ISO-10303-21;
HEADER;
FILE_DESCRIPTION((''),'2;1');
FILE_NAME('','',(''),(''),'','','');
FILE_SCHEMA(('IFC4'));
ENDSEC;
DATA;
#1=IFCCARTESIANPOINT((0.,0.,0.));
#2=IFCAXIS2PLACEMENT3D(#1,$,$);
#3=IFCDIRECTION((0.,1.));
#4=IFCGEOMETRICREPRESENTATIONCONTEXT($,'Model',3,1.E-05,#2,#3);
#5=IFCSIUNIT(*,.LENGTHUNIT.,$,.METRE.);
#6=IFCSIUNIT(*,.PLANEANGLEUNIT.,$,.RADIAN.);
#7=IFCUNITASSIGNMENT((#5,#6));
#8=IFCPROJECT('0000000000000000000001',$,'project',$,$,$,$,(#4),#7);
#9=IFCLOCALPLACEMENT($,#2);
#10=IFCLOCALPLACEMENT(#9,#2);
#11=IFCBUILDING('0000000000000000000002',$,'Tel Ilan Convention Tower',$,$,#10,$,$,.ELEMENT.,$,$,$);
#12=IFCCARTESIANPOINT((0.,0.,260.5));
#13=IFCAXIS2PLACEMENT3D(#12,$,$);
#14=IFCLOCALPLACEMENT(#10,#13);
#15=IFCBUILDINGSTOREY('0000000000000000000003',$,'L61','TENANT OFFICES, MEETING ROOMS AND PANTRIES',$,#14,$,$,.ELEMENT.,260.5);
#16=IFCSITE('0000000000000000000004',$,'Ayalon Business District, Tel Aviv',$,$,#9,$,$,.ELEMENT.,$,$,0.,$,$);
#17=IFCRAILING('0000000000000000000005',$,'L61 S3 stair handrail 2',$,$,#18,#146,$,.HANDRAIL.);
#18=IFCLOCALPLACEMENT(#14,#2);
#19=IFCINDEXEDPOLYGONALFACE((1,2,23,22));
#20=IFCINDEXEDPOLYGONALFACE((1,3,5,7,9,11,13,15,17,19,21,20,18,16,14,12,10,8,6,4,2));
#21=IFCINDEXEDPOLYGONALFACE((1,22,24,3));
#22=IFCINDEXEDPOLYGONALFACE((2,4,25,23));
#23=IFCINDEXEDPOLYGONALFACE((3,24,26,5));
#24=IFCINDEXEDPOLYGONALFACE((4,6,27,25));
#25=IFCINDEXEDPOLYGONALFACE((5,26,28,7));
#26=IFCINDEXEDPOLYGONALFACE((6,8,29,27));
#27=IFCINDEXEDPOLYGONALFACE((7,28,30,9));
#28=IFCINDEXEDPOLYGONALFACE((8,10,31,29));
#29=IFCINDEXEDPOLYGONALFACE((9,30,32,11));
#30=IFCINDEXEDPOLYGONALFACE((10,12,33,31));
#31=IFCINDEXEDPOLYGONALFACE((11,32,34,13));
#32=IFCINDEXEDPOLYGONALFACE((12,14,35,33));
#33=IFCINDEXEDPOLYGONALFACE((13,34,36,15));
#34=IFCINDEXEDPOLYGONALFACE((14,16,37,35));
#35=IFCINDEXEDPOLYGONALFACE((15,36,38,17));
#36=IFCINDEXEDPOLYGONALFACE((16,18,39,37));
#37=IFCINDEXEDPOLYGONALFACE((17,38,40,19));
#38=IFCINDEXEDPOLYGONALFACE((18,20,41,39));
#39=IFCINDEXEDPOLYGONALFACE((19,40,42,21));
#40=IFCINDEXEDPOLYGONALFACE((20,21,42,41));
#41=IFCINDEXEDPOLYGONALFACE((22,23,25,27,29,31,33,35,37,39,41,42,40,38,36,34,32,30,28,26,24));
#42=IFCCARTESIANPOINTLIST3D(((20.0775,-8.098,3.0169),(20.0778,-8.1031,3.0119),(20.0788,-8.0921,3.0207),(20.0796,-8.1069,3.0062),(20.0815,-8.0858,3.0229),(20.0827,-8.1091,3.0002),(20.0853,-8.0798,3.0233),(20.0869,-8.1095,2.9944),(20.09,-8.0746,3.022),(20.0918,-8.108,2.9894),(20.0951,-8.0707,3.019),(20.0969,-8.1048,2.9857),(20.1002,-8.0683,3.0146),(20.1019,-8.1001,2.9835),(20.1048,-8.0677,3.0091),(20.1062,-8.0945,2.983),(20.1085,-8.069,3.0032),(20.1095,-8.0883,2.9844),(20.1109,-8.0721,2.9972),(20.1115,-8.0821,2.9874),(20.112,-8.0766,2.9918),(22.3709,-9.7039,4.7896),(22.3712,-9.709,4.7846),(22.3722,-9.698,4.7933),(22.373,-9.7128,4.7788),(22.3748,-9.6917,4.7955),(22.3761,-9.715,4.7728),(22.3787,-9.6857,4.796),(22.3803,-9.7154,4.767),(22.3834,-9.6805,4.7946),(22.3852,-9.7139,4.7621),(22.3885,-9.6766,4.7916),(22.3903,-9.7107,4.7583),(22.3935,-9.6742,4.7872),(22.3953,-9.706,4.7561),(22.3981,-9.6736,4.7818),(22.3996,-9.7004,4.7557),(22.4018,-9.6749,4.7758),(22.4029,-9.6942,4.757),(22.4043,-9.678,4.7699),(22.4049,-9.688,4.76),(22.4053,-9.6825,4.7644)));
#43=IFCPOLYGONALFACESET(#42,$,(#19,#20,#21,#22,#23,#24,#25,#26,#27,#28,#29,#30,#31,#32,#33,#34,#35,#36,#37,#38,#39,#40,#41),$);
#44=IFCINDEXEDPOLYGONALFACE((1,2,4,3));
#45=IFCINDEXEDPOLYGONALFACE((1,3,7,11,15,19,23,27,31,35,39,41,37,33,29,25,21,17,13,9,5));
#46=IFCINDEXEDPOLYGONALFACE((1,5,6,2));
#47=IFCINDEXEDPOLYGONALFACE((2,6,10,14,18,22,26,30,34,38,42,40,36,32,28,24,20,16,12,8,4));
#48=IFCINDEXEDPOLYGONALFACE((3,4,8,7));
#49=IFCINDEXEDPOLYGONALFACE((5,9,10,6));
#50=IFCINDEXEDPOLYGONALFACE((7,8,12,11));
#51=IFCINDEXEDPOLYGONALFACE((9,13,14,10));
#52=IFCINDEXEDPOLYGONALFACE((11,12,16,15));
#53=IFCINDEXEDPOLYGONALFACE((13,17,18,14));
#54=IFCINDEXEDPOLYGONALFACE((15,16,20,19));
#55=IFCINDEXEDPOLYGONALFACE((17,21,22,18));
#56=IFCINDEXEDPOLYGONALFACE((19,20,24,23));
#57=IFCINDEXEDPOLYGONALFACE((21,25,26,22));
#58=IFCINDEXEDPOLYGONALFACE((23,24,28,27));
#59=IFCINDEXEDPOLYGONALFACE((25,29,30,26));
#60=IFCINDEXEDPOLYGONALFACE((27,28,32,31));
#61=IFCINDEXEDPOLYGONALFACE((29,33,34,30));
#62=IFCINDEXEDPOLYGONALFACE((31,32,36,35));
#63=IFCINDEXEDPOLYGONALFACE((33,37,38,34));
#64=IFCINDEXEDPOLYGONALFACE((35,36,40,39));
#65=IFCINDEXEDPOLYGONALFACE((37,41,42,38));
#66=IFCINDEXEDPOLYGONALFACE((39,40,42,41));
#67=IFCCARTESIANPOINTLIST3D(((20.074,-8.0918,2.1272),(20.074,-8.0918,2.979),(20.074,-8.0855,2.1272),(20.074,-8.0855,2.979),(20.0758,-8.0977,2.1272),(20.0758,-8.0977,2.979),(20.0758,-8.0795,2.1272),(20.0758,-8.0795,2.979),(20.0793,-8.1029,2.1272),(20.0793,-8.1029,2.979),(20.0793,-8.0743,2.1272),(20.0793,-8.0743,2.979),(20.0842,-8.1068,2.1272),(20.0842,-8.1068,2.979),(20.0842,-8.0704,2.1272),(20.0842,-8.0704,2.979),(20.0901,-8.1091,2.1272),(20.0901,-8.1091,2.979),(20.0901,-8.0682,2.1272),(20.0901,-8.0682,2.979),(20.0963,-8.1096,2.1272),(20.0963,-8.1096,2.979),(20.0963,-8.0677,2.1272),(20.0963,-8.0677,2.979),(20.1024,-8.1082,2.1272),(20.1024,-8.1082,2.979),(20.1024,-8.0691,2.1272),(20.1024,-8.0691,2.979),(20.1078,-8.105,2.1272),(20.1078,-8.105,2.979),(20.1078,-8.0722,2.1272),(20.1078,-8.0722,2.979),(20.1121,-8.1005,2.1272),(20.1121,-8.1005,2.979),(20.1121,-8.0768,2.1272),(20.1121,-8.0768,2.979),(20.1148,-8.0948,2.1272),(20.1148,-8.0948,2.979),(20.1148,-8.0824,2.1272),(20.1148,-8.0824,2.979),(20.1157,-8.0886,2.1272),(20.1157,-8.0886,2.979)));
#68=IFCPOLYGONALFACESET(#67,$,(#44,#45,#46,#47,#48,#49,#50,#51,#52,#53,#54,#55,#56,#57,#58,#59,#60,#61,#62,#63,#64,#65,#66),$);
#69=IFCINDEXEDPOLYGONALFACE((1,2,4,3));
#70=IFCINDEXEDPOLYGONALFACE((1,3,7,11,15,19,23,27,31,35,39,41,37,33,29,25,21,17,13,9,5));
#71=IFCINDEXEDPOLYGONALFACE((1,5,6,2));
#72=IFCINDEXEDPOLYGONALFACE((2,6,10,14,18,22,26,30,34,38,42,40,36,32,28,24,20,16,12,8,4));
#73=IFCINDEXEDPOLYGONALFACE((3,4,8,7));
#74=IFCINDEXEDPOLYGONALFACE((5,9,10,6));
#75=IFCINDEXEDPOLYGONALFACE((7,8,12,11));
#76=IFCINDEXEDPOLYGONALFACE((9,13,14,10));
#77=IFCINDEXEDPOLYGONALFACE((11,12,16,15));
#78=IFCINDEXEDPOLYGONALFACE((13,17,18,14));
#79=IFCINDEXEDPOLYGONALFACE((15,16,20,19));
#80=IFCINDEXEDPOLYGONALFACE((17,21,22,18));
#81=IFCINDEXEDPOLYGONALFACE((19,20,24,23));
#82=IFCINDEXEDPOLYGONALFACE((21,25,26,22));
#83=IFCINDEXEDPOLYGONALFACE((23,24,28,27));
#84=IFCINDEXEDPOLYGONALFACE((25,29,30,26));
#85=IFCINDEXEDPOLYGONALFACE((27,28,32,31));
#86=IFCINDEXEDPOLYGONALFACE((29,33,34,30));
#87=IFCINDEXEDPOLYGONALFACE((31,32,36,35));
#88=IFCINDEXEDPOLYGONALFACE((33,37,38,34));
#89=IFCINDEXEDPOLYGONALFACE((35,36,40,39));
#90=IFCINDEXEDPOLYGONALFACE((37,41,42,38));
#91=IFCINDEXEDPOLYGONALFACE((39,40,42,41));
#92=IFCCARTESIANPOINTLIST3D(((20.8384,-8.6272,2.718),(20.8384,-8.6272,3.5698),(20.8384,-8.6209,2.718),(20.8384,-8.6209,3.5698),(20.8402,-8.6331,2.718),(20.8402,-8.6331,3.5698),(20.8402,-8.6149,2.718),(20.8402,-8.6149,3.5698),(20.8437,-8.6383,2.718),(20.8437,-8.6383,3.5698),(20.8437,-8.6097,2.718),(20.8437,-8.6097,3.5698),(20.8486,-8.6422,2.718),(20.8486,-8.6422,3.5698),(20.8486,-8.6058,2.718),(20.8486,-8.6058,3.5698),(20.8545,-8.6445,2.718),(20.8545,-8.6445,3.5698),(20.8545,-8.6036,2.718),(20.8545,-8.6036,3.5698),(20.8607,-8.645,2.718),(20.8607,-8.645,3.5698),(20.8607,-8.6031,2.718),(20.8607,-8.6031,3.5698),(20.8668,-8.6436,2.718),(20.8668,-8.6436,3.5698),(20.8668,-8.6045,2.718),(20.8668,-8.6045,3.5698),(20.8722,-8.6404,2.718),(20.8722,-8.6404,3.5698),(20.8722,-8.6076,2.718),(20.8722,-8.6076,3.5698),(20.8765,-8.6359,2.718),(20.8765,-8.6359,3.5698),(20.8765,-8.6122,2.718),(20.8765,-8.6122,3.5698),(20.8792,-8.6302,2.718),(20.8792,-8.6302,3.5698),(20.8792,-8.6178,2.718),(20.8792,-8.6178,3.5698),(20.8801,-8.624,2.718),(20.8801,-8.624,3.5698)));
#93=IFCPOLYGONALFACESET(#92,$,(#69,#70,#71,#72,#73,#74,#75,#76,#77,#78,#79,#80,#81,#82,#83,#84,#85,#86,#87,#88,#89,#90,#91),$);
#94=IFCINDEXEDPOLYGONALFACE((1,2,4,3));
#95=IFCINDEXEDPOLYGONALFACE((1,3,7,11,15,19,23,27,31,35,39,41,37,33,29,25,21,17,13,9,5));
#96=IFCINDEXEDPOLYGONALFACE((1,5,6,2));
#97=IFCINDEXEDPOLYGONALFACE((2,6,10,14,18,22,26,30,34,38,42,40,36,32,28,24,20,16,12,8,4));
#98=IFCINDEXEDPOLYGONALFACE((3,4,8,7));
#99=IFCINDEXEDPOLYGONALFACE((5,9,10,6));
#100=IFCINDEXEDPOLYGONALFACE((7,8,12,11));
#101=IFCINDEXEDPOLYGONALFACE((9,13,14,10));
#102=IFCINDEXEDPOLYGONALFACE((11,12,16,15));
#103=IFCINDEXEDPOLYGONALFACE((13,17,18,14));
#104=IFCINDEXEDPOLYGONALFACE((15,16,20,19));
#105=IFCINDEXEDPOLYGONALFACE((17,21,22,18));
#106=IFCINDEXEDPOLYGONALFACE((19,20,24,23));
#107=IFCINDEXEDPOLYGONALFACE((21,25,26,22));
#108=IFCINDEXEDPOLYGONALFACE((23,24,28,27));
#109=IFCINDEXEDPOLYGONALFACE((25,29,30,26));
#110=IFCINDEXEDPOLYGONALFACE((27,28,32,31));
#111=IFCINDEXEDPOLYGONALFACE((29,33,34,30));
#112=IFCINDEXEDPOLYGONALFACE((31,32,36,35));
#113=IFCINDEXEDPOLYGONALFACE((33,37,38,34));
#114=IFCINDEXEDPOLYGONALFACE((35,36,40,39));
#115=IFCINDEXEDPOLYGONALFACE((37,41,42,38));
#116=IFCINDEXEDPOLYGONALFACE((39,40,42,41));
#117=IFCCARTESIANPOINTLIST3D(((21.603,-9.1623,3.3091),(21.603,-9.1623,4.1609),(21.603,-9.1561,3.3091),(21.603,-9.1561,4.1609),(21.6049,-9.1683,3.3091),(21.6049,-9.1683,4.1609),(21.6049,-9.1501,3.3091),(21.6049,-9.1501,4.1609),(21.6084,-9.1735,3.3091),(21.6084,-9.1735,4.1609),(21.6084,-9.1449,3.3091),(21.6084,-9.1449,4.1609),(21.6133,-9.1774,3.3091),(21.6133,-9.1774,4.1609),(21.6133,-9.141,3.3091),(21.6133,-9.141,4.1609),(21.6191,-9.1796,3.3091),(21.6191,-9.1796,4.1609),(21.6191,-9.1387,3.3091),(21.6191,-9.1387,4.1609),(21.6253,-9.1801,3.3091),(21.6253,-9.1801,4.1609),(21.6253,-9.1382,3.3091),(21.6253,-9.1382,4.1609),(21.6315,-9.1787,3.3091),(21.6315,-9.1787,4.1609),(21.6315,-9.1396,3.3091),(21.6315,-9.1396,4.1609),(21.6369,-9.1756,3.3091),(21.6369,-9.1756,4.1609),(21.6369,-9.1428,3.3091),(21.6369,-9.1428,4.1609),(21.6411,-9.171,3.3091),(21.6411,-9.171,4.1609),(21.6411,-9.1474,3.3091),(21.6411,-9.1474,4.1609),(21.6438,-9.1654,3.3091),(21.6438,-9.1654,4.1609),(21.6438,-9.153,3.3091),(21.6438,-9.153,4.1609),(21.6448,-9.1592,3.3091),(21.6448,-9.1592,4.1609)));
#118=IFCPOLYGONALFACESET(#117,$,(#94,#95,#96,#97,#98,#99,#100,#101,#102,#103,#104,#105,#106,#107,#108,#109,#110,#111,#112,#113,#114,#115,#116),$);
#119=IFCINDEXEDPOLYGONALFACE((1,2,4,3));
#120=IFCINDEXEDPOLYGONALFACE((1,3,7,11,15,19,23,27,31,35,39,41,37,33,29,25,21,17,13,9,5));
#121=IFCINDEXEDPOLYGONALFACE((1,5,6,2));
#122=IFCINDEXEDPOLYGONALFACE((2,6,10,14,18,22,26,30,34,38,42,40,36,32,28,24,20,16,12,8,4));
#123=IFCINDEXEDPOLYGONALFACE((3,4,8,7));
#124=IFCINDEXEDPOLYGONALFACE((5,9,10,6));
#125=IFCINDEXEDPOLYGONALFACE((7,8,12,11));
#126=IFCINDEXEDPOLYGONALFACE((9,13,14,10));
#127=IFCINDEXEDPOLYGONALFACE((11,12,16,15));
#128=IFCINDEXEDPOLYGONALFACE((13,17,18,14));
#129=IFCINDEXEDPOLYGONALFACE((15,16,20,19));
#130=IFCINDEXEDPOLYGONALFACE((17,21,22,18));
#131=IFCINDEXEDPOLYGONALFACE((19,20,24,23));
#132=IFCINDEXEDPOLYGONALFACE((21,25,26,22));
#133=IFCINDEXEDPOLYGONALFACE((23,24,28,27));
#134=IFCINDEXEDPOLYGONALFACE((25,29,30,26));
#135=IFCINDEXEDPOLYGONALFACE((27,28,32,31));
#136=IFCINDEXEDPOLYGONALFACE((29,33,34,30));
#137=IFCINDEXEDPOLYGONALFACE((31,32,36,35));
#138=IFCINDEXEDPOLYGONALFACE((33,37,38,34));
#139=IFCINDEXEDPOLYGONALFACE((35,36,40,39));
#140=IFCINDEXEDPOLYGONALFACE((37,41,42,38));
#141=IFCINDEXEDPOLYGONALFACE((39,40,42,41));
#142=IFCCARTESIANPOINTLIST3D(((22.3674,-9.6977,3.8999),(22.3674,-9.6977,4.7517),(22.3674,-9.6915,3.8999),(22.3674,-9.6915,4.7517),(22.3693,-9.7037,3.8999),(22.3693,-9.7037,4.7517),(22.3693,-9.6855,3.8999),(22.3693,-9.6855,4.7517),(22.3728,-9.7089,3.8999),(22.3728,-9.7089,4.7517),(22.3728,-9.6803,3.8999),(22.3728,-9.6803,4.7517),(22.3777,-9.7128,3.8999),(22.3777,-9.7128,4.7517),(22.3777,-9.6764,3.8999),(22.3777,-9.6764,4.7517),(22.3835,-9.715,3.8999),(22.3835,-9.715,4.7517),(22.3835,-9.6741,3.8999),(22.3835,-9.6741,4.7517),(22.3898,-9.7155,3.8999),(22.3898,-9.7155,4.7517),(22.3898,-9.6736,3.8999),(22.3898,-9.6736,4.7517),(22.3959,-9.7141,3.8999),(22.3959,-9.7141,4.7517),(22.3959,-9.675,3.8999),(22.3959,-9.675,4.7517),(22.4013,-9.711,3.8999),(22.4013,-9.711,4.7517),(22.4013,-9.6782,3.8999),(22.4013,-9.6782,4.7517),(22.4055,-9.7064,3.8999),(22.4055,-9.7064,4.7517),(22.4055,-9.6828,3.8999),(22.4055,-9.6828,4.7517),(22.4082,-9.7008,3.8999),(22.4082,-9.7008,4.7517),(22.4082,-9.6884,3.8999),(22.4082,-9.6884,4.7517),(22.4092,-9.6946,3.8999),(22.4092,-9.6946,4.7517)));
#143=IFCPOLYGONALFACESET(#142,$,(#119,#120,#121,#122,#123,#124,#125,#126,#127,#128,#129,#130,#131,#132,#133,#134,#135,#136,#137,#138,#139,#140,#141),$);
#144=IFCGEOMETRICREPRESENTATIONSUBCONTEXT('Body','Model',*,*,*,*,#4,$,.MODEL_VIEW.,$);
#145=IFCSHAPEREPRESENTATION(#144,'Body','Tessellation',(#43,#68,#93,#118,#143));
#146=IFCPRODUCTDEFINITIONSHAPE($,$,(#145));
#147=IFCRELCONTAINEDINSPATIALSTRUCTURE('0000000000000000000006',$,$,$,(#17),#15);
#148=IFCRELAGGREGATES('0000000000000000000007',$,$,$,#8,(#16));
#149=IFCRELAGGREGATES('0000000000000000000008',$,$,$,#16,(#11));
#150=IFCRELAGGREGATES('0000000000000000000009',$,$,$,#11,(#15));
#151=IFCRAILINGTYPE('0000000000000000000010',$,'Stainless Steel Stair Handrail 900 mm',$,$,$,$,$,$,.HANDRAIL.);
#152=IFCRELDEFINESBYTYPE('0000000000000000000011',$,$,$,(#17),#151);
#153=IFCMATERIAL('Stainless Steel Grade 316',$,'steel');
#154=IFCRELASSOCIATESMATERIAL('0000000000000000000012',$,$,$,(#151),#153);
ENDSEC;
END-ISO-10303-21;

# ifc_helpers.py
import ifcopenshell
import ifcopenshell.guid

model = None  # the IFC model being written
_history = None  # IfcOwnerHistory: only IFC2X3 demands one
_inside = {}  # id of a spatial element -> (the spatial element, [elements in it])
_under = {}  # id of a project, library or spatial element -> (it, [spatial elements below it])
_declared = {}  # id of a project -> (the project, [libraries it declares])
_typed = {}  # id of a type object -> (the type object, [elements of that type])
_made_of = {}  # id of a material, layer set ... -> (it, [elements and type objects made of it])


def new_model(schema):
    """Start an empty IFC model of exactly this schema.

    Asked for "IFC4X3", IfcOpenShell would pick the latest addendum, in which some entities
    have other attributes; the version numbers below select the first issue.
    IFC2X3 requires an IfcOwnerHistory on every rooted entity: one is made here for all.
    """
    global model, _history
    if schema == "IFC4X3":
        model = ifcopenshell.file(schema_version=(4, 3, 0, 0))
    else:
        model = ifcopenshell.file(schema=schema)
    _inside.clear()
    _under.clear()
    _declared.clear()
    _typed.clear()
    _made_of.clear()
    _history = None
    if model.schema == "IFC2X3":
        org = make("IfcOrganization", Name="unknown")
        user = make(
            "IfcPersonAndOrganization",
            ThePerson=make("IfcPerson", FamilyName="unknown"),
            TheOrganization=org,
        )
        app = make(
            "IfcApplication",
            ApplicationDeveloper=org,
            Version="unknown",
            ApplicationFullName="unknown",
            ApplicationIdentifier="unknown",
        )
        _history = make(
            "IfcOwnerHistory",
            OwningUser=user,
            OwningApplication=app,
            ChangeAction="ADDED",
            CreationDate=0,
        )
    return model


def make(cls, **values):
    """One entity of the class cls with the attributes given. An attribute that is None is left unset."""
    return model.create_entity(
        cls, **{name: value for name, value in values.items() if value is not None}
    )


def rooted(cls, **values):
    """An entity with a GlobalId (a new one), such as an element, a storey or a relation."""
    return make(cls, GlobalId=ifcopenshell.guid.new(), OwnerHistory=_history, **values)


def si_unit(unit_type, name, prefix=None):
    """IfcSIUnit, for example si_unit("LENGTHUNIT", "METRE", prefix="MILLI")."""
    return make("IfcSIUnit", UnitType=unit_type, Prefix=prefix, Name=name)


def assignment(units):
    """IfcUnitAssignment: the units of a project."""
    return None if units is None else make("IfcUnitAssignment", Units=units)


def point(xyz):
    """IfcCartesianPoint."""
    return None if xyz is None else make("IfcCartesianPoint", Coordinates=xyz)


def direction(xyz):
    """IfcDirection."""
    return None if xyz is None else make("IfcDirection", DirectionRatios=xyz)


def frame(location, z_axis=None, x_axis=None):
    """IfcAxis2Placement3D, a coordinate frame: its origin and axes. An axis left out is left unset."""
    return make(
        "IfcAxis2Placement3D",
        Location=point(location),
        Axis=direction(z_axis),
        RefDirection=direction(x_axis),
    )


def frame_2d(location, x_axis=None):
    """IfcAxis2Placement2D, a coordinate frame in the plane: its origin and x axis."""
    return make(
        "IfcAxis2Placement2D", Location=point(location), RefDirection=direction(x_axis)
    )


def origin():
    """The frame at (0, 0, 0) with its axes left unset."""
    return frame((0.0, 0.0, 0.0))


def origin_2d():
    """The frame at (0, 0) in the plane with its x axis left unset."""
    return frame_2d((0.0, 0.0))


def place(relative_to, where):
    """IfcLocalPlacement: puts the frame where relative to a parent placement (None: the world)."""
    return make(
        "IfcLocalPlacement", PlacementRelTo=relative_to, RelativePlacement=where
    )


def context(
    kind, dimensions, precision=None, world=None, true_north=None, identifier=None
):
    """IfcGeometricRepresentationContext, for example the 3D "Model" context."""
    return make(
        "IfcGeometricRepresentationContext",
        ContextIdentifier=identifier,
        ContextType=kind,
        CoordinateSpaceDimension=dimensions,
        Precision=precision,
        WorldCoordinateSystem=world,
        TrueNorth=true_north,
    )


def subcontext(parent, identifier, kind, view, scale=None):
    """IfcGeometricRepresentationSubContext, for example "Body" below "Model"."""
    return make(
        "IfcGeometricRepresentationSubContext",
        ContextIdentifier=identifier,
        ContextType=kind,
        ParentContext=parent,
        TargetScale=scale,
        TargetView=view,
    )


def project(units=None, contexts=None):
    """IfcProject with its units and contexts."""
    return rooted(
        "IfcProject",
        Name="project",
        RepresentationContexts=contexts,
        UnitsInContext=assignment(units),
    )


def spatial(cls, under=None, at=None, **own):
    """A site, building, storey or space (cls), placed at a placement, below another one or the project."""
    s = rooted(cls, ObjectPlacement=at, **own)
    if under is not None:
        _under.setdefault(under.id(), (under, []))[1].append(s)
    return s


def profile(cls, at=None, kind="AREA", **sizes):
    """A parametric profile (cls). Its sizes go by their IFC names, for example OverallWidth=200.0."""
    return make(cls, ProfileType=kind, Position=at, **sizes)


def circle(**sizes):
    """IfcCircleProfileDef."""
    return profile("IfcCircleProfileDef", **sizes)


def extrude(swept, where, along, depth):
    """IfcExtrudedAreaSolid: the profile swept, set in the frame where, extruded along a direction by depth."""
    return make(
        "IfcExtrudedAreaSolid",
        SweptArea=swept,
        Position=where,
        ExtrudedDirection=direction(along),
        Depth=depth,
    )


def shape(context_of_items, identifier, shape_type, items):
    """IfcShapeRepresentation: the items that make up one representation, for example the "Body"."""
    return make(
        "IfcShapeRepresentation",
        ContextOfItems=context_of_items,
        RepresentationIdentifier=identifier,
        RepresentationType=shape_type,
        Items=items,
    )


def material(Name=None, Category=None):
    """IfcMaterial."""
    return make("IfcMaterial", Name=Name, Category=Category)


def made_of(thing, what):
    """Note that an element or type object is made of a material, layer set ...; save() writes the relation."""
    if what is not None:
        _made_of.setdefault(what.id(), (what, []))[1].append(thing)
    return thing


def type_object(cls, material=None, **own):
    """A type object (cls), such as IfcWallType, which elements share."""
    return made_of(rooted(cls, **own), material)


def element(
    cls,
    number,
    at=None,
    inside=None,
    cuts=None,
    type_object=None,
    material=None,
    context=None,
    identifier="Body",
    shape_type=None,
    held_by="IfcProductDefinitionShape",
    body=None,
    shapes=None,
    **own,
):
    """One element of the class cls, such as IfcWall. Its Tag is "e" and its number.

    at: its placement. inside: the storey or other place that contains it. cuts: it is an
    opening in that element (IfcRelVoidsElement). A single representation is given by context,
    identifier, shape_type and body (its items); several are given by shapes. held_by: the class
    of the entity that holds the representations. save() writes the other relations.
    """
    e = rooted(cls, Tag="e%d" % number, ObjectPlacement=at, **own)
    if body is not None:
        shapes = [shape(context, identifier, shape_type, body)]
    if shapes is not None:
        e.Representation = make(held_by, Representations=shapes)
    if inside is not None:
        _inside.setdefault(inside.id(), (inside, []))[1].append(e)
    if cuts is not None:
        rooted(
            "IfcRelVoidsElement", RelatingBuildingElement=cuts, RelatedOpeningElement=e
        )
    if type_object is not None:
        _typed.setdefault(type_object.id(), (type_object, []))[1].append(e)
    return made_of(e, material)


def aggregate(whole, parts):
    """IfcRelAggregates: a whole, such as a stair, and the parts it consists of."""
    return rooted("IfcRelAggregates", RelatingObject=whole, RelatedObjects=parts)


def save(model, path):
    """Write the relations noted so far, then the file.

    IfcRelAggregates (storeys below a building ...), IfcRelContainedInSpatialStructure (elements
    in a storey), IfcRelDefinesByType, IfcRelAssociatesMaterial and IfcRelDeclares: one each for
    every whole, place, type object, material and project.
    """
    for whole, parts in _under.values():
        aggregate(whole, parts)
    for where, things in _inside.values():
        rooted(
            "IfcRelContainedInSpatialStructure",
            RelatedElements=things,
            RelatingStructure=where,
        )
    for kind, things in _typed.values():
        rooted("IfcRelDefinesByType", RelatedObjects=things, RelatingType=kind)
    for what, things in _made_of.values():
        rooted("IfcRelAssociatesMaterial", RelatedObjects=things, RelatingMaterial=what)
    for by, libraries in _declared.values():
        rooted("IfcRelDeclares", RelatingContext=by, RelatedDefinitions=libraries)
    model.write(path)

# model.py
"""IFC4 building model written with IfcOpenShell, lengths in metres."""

from ifc_helpers import new_model, si_unit, direction, frame, origin, origin_2d, place, context, subcontext, project, spatial, circle, extrude, material, type_object, element, save


model = new_model("IFC4")

# Units and contexts
model_context = context("Model", 3, precision=1e-05, world=origin(), true_north=direction((0.0, 1.0)))
body_context = subcontext(model_context, "Body", "Model", "MODEL_VIEW")
ifc_project = project(units=[si_unit("LENGTHUNIT", "METRE"), si_unit("PLANEANGLEUNIT", "RADIAN")], contexts=[model_context])

# Site, building, storey
site_placement = place(None, origin())
site = spatial("IfcSite", under=ifc_project, at=site_placement, Name="Ayalon Business District, Tel Aviv", CompositionType="ELEMENT", RefElevation=0.0)
building_placement = place(site_placement, origin())
building = spatial("IfcBuilding", under=site, at=building_placement, Name="Tel Ilan Convention Tower", CompositionType="ELEMENT")
storey_placement = place(building_placement, frame((0.0, 0.0, 260.5)))
storey = spatial("IfcBuildingStorey", under=building, at=storey_placement, Name="L61", Description="TENANT OFFICES, MEETING ROOMS AND PANTRIES", CompositionType="ELEMENT", Elevation=260.5)

# Railing
ifc_material_1 = material(Name="Stainless Steel Grade 316", Category="steel")
railing_type_1 = type_object("IfcRailingType", Name="Stainless Steel Stair Handrail 900 mm", PredefinedType="HANDRAIL", material=ifc_material_1)
railing_1_placement = place(storey_placement, frame((20.0947, -8.0886, 2.1272)))
element("IfcRailing", 1, at=railing_1_placement, inside=storey, type_object=railing_type_1, Name="L61 S3 stair handrail 2", PredefinedType="HANDRAIL", context=body_context, shape_type="SweptSolid", body=[
    extrude(circle(Radius=0.0239, at=origin_2d()), frame((0.0, 0.0, 0.876), z_axis=(0.692085, -0.484621, 0.53494), x_axis=(0.573591, 0.819142, 0.0)), (0.0, 0.0, 1.0), 3.3137),
    extrude(circle(Radius=0.021, at=origin_2d()), origin(), (0.0, 0.0, 1.0), 0.8518),
    extrude(circle(Radius=0.021, at=origin_2d()), frame((0.7644, -0.5354, 0.5908)), (0.0, 0.0, 1.0), 0.8518),
    extrude(circle(Radius=0.021, at=origin_2d()), frame((1.5291, -1.0706, 1.1819)), (0.0, 0.0, 1.0), 0.8518),
    extrude(circle(Radius=0.021, at=origin_2d()), frame((2.2935, -1.606, 1.7727)), (0.0, 0.0, 1.0), 0.8518),
])

save(model, "model.ifc")
